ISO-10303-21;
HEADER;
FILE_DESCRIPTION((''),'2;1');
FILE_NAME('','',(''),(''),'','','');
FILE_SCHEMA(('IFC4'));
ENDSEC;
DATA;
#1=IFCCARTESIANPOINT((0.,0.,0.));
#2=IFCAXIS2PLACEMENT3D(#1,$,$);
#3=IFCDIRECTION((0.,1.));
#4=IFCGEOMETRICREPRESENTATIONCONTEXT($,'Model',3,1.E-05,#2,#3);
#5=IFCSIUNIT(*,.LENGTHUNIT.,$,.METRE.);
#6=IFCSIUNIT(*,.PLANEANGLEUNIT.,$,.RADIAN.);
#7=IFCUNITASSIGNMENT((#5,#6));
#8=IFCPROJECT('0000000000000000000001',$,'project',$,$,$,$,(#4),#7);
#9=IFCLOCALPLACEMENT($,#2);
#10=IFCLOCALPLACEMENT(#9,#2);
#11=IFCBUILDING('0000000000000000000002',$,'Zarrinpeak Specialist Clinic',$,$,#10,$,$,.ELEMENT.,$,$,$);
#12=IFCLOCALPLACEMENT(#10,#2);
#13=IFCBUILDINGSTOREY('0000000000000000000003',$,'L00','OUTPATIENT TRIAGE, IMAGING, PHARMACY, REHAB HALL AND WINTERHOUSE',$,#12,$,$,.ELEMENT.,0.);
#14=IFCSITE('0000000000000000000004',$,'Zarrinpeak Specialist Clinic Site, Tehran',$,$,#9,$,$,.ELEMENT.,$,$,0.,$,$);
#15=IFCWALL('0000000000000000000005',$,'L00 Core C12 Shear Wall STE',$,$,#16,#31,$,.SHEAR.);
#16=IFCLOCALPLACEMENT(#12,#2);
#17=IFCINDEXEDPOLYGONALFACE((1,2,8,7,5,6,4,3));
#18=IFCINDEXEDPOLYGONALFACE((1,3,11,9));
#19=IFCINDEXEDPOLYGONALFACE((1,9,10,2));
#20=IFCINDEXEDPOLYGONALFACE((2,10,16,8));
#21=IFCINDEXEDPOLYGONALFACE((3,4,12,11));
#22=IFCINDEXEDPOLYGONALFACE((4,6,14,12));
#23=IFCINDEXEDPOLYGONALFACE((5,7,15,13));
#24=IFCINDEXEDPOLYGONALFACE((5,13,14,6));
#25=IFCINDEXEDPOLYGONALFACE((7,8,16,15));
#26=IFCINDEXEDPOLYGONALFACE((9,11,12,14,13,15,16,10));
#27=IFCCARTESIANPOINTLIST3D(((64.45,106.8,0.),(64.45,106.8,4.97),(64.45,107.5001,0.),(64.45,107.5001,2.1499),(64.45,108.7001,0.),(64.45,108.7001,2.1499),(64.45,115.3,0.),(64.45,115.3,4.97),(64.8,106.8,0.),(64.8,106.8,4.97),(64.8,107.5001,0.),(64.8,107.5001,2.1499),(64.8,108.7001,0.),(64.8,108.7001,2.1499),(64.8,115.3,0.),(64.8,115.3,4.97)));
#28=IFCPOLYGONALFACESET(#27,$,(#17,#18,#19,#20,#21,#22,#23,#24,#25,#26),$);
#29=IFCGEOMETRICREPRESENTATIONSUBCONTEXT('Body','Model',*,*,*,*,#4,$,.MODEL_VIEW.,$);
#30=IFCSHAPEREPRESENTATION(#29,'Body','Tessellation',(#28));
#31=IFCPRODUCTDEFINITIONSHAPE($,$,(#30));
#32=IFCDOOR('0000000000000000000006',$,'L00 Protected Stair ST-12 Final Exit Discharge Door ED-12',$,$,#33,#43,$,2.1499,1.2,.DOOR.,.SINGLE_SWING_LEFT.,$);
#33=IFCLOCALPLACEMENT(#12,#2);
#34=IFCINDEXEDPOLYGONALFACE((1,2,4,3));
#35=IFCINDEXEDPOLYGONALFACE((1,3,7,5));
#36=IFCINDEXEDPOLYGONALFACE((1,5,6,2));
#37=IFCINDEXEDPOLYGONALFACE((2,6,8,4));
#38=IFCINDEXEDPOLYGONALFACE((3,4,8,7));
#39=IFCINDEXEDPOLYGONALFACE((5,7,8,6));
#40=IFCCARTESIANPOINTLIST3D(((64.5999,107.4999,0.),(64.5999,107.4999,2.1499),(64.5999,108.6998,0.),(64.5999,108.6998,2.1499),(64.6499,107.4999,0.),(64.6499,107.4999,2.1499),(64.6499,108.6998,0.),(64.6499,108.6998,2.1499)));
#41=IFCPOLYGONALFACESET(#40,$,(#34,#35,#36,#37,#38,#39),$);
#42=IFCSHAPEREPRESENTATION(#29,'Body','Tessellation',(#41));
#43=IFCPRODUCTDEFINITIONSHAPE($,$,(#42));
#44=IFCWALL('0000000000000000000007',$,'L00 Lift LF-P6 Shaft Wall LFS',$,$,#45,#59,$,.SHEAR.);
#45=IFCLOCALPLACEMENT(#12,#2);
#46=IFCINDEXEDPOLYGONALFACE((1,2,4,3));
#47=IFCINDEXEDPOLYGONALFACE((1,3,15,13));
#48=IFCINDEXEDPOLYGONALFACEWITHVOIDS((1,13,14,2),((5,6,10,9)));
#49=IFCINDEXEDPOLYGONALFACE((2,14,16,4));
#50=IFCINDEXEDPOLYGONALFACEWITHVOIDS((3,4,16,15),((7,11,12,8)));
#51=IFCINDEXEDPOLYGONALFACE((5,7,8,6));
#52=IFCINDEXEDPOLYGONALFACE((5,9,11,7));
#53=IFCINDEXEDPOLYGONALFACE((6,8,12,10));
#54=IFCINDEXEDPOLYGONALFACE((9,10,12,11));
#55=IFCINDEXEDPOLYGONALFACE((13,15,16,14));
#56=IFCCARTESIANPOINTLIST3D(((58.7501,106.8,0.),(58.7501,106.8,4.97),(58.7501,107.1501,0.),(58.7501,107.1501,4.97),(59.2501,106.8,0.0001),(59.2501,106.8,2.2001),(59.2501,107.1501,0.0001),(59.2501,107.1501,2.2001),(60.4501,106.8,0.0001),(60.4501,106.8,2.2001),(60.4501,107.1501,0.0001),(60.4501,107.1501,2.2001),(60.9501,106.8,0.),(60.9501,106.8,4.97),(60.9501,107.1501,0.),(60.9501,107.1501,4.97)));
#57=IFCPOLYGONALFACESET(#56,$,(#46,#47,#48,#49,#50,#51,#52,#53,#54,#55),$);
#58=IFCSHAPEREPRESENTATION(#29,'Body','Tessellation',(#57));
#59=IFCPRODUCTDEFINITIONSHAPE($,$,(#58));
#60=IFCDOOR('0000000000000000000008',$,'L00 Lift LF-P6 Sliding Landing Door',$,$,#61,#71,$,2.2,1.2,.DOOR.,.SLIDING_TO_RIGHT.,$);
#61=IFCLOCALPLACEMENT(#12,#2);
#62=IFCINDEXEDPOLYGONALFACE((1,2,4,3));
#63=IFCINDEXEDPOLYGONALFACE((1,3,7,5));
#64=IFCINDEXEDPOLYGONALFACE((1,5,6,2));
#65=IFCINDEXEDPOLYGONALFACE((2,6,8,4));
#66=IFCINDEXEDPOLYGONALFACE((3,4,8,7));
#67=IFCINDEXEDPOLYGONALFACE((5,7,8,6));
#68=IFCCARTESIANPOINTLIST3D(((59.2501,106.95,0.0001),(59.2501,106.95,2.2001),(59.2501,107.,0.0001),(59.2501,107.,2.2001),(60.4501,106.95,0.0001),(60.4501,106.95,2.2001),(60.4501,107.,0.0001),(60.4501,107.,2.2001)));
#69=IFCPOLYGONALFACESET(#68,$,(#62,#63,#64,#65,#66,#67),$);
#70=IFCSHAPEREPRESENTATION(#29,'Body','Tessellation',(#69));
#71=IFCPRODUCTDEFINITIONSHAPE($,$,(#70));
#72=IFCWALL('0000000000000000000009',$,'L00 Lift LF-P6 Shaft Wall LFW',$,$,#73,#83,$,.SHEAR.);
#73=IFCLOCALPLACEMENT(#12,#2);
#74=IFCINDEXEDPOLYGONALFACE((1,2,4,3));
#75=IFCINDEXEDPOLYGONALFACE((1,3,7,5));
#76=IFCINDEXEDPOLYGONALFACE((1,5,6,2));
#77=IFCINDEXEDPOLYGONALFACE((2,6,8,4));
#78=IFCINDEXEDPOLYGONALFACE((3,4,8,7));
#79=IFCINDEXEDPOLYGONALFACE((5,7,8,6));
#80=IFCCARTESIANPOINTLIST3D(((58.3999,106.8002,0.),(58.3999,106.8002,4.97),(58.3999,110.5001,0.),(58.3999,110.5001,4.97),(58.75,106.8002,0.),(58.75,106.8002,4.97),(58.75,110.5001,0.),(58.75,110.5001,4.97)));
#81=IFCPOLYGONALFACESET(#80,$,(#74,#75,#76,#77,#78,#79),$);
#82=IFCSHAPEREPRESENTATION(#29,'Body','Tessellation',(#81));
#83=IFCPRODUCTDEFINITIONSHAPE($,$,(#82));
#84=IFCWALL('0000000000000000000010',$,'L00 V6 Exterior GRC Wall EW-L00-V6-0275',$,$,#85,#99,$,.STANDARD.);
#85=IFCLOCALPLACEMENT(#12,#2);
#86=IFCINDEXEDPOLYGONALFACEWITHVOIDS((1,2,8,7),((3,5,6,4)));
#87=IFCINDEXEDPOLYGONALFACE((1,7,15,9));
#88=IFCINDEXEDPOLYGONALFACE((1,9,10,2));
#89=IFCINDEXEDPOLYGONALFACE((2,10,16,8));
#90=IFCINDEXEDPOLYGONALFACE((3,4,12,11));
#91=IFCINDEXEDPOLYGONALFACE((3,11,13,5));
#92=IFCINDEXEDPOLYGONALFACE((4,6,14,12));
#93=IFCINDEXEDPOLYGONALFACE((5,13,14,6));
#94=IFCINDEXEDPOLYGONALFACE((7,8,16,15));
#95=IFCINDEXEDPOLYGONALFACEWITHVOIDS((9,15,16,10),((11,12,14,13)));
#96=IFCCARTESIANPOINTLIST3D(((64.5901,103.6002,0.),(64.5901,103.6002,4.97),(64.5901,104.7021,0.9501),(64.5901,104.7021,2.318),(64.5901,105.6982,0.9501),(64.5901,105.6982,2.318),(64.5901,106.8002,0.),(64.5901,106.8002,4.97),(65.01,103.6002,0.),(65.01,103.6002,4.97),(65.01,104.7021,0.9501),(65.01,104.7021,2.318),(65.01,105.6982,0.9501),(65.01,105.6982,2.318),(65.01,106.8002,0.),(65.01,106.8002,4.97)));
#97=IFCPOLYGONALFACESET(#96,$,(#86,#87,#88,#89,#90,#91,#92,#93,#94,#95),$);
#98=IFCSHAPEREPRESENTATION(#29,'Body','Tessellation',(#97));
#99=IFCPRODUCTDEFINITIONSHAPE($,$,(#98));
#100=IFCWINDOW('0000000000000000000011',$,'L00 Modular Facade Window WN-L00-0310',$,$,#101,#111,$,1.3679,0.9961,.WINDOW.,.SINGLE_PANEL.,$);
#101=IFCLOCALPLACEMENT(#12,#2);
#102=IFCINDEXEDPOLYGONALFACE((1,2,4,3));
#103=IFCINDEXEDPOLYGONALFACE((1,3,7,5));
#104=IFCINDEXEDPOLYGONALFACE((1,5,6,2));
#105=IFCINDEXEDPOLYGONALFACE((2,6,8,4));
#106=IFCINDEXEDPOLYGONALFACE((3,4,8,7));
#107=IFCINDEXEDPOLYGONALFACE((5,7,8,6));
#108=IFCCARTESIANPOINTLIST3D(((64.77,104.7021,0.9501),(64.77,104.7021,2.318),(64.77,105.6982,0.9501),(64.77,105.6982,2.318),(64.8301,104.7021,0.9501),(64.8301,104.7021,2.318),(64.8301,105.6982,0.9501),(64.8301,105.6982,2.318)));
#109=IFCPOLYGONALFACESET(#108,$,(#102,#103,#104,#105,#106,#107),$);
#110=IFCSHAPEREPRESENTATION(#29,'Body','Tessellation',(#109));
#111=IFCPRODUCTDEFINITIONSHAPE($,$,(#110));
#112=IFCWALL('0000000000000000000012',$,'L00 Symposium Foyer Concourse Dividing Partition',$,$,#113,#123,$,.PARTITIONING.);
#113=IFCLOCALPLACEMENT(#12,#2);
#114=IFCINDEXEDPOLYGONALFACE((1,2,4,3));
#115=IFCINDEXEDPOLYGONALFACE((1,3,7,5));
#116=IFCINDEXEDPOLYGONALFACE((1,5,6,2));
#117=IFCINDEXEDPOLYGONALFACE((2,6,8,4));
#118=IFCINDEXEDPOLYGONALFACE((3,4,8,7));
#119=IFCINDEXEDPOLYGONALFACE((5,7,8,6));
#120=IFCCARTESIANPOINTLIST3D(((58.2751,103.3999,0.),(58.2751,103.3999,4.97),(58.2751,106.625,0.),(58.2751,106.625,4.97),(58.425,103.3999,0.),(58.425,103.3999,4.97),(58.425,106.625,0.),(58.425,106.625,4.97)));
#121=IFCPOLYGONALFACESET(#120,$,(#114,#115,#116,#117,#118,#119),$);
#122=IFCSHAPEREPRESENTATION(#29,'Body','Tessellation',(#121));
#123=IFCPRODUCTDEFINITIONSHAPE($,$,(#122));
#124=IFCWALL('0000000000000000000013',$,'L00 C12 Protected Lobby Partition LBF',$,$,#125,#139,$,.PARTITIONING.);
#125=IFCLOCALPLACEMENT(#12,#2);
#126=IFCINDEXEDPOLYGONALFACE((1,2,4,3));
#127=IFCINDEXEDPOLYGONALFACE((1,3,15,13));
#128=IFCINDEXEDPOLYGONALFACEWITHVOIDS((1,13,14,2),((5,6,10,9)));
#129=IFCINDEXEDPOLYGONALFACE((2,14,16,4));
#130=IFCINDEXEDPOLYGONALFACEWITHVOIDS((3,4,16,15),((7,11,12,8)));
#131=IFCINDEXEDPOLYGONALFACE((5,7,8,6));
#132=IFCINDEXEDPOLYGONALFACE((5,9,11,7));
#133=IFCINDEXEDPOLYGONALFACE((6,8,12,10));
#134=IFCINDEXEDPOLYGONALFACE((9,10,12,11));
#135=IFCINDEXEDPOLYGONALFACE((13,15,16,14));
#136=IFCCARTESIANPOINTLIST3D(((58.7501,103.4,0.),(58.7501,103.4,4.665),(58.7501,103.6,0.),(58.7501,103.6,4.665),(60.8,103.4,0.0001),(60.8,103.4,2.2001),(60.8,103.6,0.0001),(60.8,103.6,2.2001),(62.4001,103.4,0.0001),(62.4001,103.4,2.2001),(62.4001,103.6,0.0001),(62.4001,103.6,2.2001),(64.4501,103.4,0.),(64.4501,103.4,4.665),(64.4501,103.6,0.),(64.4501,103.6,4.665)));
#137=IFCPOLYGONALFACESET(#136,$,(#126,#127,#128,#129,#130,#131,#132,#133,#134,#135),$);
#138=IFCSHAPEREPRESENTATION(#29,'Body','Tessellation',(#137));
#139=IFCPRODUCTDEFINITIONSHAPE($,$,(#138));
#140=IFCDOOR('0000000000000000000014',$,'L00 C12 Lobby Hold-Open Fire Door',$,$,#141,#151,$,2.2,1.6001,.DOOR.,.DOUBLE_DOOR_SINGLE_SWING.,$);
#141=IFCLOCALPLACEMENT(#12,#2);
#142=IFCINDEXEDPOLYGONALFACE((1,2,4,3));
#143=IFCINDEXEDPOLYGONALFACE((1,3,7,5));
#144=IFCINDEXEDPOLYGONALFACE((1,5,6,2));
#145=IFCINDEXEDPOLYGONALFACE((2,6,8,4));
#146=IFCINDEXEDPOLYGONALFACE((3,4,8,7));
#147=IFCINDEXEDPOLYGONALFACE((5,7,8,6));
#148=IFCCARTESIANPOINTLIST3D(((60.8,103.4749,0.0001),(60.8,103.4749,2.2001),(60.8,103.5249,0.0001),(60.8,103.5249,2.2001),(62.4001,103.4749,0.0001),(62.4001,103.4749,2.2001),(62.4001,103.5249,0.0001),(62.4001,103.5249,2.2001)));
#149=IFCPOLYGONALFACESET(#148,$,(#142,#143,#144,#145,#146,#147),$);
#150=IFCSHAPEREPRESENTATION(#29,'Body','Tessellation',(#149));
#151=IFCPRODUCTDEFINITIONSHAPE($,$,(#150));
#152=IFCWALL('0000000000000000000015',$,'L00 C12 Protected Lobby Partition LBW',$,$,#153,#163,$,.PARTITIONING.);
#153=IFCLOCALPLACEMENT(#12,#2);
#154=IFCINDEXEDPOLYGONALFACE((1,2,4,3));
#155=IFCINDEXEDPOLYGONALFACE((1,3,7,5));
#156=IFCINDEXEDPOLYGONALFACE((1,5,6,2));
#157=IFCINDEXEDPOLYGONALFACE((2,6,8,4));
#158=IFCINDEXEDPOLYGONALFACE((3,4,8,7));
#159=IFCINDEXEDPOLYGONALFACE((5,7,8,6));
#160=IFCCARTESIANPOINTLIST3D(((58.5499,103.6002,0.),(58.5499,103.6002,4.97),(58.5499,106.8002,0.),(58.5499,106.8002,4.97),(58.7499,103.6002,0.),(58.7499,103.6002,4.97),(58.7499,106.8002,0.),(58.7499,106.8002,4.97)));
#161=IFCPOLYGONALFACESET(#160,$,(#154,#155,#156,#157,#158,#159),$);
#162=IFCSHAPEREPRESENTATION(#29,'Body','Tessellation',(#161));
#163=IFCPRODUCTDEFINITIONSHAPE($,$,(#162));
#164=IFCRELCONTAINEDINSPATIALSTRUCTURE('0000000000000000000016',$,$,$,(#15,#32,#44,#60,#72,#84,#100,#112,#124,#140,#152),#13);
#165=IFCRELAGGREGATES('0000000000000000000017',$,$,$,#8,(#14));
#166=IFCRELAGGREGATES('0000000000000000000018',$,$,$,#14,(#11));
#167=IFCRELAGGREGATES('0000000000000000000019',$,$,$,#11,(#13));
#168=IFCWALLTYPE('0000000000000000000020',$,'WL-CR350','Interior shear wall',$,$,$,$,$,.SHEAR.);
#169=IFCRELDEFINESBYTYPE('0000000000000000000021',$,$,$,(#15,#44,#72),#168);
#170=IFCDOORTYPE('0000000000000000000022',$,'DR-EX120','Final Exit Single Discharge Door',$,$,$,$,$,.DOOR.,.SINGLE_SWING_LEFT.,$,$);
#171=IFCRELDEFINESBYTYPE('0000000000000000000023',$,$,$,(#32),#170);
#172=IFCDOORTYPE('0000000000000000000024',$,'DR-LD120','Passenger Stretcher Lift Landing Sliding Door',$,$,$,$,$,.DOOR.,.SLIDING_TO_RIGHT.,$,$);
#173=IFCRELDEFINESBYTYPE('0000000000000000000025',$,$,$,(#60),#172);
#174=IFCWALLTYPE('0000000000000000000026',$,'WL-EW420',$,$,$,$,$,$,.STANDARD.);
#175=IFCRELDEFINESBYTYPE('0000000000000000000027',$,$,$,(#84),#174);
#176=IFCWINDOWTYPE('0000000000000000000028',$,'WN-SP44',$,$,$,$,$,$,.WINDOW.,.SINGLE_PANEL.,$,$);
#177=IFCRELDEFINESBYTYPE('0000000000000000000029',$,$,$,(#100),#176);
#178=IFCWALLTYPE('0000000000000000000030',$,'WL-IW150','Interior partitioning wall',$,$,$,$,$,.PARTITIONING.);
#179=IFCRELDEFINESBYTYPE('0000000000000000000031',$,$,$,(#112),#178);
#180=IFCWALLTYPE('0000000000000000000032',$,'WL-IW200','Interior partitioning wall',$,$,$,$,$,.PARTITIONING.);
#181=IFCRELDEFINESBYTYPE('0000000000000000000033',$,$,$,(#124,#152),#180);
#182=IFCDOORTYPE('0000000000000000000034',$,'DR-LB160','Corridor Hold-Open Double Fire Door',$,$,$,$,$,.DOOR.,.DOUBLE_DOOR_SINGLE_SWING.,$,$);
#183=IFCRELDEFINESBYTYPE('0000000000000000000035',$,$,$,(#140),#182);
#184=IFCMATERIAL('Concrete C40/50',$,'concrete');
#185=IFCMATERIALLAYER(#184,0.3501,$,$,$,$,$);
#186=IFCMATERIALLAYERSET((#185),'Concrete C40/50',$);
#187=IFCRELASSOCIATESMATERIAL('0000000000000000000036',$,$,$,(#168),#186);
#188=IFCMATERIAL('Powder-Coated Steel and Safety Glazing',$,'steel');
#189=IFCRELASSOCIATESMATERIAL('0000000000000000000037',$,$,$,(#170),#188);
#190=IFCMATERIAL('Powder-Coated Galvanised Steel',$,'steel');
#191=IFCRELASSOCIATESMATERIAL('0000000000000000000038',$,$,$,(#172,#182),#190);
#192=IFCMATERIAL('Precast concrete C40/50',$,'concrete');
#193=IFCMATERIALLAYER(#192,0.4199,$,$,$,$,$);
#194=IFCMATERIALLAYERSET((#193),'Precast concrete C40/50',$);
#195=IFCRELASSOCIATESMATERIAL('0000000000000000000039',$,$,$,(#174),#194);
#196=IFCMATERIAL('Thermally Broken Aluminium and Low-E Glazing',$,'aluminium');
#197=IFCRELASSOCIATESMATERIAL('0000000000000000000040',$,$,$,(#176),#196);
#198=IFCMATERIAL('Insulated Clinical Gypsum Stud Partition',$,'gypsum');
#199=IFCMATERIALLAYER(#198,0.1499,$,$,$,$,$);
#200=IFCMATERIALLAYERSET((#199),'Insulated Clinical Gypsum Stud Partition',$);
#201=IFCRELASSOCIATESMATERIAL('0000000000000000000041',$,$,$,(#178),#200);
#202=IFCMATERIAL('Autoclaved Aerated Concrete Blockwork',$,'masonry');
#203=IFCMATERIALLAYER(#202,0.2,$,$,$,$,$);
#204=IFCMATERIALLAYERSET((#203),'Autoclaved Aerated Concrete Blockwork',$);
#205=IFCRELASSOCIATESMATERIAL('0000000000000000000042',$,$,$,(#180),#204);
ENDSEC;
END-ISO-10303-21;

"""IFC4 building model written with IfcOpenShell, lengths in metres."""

from ifc_helpers import new_model, si_unit, direction, frame, frame_2d, origin, place, context, subcontext, project, spatial, rectangle, extrude, material, layer, layer_set, type_object, element, fill, save


model = new_model("IFC4")

# Units and contexts
model_context = context("Model", 3, precision=1e-05, world=origin(), true_north=direction((0.0, 1.0)))
body_context = subcontext(model_context, "Body", "Model", "MODEL_VIEW")
ifc_project = project(units=[si_unit("LENGTHUNIT", "METRE"), si_unit("PLANEANGLEUNIT", "RADIAN")], contexts=[model_context])

# Site, building, storey
site_placement = place(None, origin())
site = spatial("IfcSite", under=ifc_project, at=site_placement, Name="Zarrinpeak Specialist Clinic Site, Tehran", CompositionType="ELEMENT", RefElevation=0.0)
building_placement = place(site_placement, origin())
building = spatial("IfcBuilding", under=site, at=building_placement, Name="Zarrinpeak Specialist Clinic", CompositionType="ELEMENT")
storey_placement = place(building_placement, origin())
storey = spatial("IfcBuildingStorey", under=building, at=storey_placement, Name="L00", Description="OUTPATIENT TRIAGE, IMAGING, PHARMACY, REHAB HALL AND WINTERHOUSE", CompositionType="ELEMENT", Elevation=0.0)

# Shared definitions
ifc_material_1 = material(Name="Concrete C40/50", Category="concrete")
ifc_layer_1 = layer(ifc_material_1, 0.3501)
ifc_layer_set_1 = layer_set([ifc_layer_1], Name="Concrete C40/50")
wall_type_1 = type_object("IfcWallType", Name="WL-CR350", Description="Interior shear wall", PredefinedType="SHEAR", material=ifc_layer_set_1)
ifc_material_2 = material(Name="Powder-Coated Galvanised Steel", Category="steel")

# Walls, openings, doors
wall_1_placement = place(storey_placement, frame((64.625, 106.8, 0.0), z_axis=(0.0, 0.0, 1.0), x_axis=(0.0, 1.0, 0.0)))
wall_1 = element("IfcWall", 1, at=wall_1_placement, inside=storey, type_object=wall_type_1, Name="L00 Core C12 Shear Wall STE", PredefinedType="SHEAR", context=body_context, shape_type="SweptSolid", body=[
    extrude(rectangle(XDim=8.5, YDim=0.3501, at=frame_2d((4.25, 0.0))), origin(), (0.0, 0.0, 1.0), 4.97),
])
opening_1_placement = place(wall_1_placement, frame((0.7, 0.0, 0.0)))
opening_1 = element("IfcOpeningElement", 2, at=opening_1_placement, cuts=wall_1, PredefinedType="OPENING", context=body_context, shape_type="SweptSolid", body=[
    extrude(rectangle(XDim=1.2, YDim=2.1499, at=frame_2d((0.6001, 1.075))), frame((0.0, 0.1851, 0.0), z_axis=(0.0, -1.0, 0.0), x_axis=(1.0, 0.0, 0.0)), (0.0, 0.0, 1.0), 0.3701),
])
ifc_material_3 = material(Name="Powder-Coated Steel and Safety Glazing", Category="steel")
door_type_1 = type_object("IfcDoorType", Name="DR-EX120", Description="Final Exit Single Discharge Door", OperationType="SINGLE_SWING_LEFT", PredefinedType="DOOR", material=ifc_material_3)
door_1_placement = place(opening_1_placement, frame((1.2, 0.0, 0.0), z_axis=(0.0, 0.0, 1.0), x_axis=(-1.0, 0.0, 0.0)))
door_1 = element("IfcDoor", 3, at=door_1_placement, inside=storey, type_object=door_type_1, Name="L00 Protected Stair ST-12 Final Exit Discharge Door ED-12", OperationType="SINGLE_SWING_LEFT", OverallHeight=2.1499, OverallWidth=1.2, PredefinedType="DOOR", context=body_context, shape_type="SweptSolid", body=[
    extrude(rectangle(XDim=1.2, YDim=2.1499, at=frame_2d((0.6001, 1.075))), frame((0.0, 0.0249, 0.0), z_axis=(0.0, -1.0, 0.0), x_axis=(1.0, 0.0, 0.0)), (0.0, 0.0, 1.0), 0.05),
])
fill(opening_1, door_1)
wall_2_placement = place(storey_placement, frame((58.75, 106.9751, 0.0), z_axis=(0.0, 0.0, 1.0), x_axis=(1.0, 0.0, 0.0)))
wall_2 = element("IfcWall", 4, at=wall_2_placement, inside=storey, type_object=wall_type_1, Name="L00 Lift LF-P6 Shaft Wall LFS", PredefinedType="SHEAR", context=body_context, shape_type="SweptSolid", body=[
    extrude(rectangle(XDim=2.2, YDim=0.3501, at=frame_2d((1.1001, 0.0))), origin(), (0.0, 0.0, 1.0), 4.97),
])
opening_2_placement = place(wall_2_placement, frame((0.5, 0.0, 0.0)))
opening_2 = element("IfcOpeningElement", 5, at=opening_2_placement, cuts=wall_2, PredefinedType="OPENING", context=body_context, shape_type="SweptSolid", body=[
    extrude(rectangle(XDim=1.2, YDim=2.2, at=frame_2d((0.6001, 1.1001))), frame((0.0, 0.1851, 0.0), z_axis=(0.0, -1.0, 0.0), x_axis=(1.0, 0.0, 0.0)), (0.0, 0.0, 1.0), 0.3701),
])
door_type_2 = type_object("IfcDoorType", Name="DR-LD120", Description="Passenger Stretcher Lift Landing Sliding Door", OperationType="SLIDING_TO_RIGHT", PredefinedType="DOOR", material=ifc_material_2)
door_2_placement = place(opening_2_placement, origin())
door_2 = element("IfcDoor", 6, at=door_2_placement, inside=storey, type_object=door_type_2, Name="L00 Lift LF-P6 Sliding Landing Door", OperationType="SLIDING_TO_RIGHT", OverallHeight=2.2, OverallWidth=1.2, PredefinedType="DOOR", context=body_context, shape_type="SweptSolid", body=[
    extrude(rectangle(XDim=1.2, YDim=2.2, at=frame_2d((0.6001, 1.1001))), frame((0.0, 0.0249, 0.0), z_axis=(0.0, -1.0, 0.0), x_axis=(1.0, 0.0, 0.0)), (0.0, 0.0, 1.0), 0.05),
])
fill(opening_2, door_2)

# Wall
wall_3_placement = place(storey_placement, frame((58.575, 106.8, 0.0), z_axis=(0.0, 0.0, 1.0), x_axis=(0.0, 1.0, 0.0)))
element("IfcWall", 7, at=wall_3_placement, inside=storey, type_object=wall_type_1, Name="L00 Lift LF-P6 Shaft Wall LFW", PredefinedType="SHEAR", context=body_context, shape_type="SweptSolid", body=[
    extrude(rectangle(XDim=3.7, YDim=0.3501, at=frame_2d((1.8501, 0.0))), origin(), (0.0, 0.0, 1.0), 4.97),
])

# Wall, opening, window
ifc_material_4 = material(Name="Precast concrete C40/50", Category="concrete")
ifc_layer_2 = layer(ifc_material_4, 0.4199)
ifc_layer_set_2 = layer_set([ifc_layer_2], Name="Precast concrete C40/50")
wall_type_2 = type_object("IfcWallType", Name="WL-EW420", PredefinedType="STANDARD", material=ifc_layer_set_2)
wall_4_placement = place(storey_placement, frame((64.8, 103.6001, 0.0), z_axis=(0.0, 0.0, 1.0), x_axis=(0.0, 1.0, 0.0)))
wall_4 = element("IfcWall", 8, at=wall_4_placement, inside=storey, type_object=wall_type_2, Name="L00 V6 Exterior GRC Wall EW-L00-V6-0275", PredefinedType="STANDARD", context=body_context, shape_type="SweptSolid", body=[
    extrude(rectangle(XDim=3.2, YDim=0.4199, at=frame_2d((1.6001, 0.0))), origin(), (0.0, 0.0, 1.0), 4.97),
])
opening_3_placement = place(wall_4_placement, frame((1.1021, 0.0, 0.95)))
opening_3 = element("IfcOpeningElement", 9, at=opening_3_placement, cuts=wall_4, PredefinedType="OPENING", context=body_context, shape_type="SweptSolid", body=[
    extrude(rectangle(XDim=0.9961, YDim=1.3679, at=frame_2d((0.498, 0.6841))), frame((0.0, 0.22, 0.0), z_axis=(0.0, -1.0, 0.0), x_axis=(1.0, 0.0, 0.0)), (0.0, 0.0, 1.0), 0.4399),
])
ifc_material_5 = material(Name="Thermally Broken Aluminium and Low-E Glazing", Category="aluminium")
window_type = type_object("IfcWindowType", Name="WN-SP44", PartitioningType="SINGLE_PANEL", PredefinedType="WINDOW", material=ifc_material_5)
window_placement = place(opening_3_placement, origin())
window = element("IfcWindow", 10, at=window_placement, inside=storey, type_object=window_type, Name="L00 Modular Facade Window WN-L00-0310", OverallHeight=1.3679, OverallWidth=0.9961, PartitioningType="SINGLE_PANEL", PredefinedType="WINDOW", context=body_context, shape_type="SweptSolid", body=[
    extrude(rectangle(XDim=0.9961, YDim=1.3679, at=frame_2d((0.498, 0.6841))), frame((0.0, 0.03, 0.0), z_axis=(0.0, -1.0, 0.0), x_axis=(1.0, 0.0, 0.0)), (0.0, 0.0, 1.0), 0.0601),
])
fill(opening_3, window)

# Wall
ifc_material_6 = material(Name="Insulated Clinical Gypsum Stud Partition", Category="gypsum")
ifc_layer_3 = layer(ifc_material_6, 0.1499)
ifc_layer_set_3 = layer_set([ifc_layer_3], Name="Insulated Clinical Gypsum Stud Partition")
wall_type_3 = type_object("IfcWallType", Name="WL-IW150", Description="Interior partitioning wall", PredefinedType="PARTITIONING", material=ifc_layer_set_3)
wall_5_placement = place(storey_placement, frame((58.3501, 103.3999, 0.0), z_axis=(0.0, 0.0, 1.0), x_axis=(0.0, 1.0, 0.0)))
element("IfcWall", 11, at=wall_5_placement, inside=storey, type_object=wall_type_3, Name="L00 Symposium Foyer Concourse Dividing Partition", PredefinedType="PARTITIONING", context=body_context, shape_type="SweptSolid", body=[
    extrude(rectangle(XDim=3.2251, YDim=0.1499, at=frame_2d((1.6125, 0.0))), origin(), (0.0, 0.0, 1.0), 4.97),
])

# Wall, opening, door
ifc_material_7 = material(Name="Autoclaved Aerated Concrete Blockwork", Category="masonry")
ifc_layer_4 = layer(ifc_material_7, 0.2)
ifc_layer_set_4 = layer_set([ifc_layer_4], Name="Autoclaved Aerated Concrete Blockwork")
wall_type_4 = type_object("IfcWallType", Name="WL-IW200", Description="Interior partitioning wall", PredefinedType="PARTITIONING", material=ifc_layer_set_4)
wall_6_placement = place(storey_placement, frame((58.75, 103.5, 0.0), z_axis=(0.0, 0.0, 1.0), x_axis=(1.0, 0.0, 0.0)))
wall_6 = element("IfcWall", 12, at=wall_6_placement, inside=storey, type_object=wall_type_4, Name="L00 C12 Protected Lobby Partition LBF", PredefinedType="PARTITIONING", context=body_context, shape_type="SweptSolid", body=[
    extrude(rectangle(XDim=5.7, YDim=0.2, at=frame_2d((2.8501, 0.0))), origin(), (0.0, 0.0, 1.0), 4.665),
])
opening_4_placement = place(wall_6_placement, frame((2.05, 0.0, 0.0)))
opening_4 = element("IfcOpeningElement", 13, at=opening_4_placement, cuts=wall_6, PredefinedType="OPENING", context=body_context, shape_type="SweptSolid", body=[
    extrude(rectangle(XDim=1.6001, YDim=2.2, at=frame_2d((0.8, 1.1001))), frame((0.0, 0.1099, 0.0), z_axis=(0.0, -1.0, 0.0), x_axis=(1.0, 0.0, 0.0)), (0.0, 0.0, 1.0), 0.22),
])
door_type_3 = type_object("IfcDoorType", Name="DR-LB160", Description="Corridor Hold-Open Double Fire Door", OperationType="DOUBLE_DOOR_SINGLE_SWING", PredefinedType="DOOR", material=ifc_material_2)
door_3_placement = place(opening_4_placement, origin())
door_3 = element("IfcDoor", 14, at=door_3_placement, inside=storey, type_object=door_type_3, Name="L00 C12 Lobby Hold-Open Fire Door", OperationType="DOUBLE_DOOR_SINGLE_SWING", OverallHeight=2.2, OverallWidth=1.6001, PredefinedType="DOOR", context=body_context, shape_type="SweptSolid", body=[
    extrude(rectangle(XDim=1.6001, YDim=2.2, at=frame_2d((0.8, 1.1001))), frame((0.0, 0.0249, 0.0), z_axis=(0.0, -1.0, 0.0), x_axis=(1.0, 0.0, 0.0)), (0.0, 0.0, 1.0), 0.05),
])
fill(opening_4, door_3)

# Wall
wall_7_placement = place(storey_placement, frame((58.6499, 103.6001, 0.0), z_axis=(0.0, 0.0, 1.0), x_axis=(0.0, 1.0, 0.0)))
element("IfcWall", 15, at=wall_7_placement, inside=storey, type_object=wall_type_4, Name="L00 C12 Protected Lobby Partition LBW", PredefinedType="PARTITIONING", context=body_context, shape_type="SweptSolid", body=[
    extrude(rectangle(XDim=3.2, YDim=0.2, at=frame_2d((1.6001, 0.0))), origin(), (0.0, 0.0, 1.0), 4.97),
])

save(model, "model.ifc")
